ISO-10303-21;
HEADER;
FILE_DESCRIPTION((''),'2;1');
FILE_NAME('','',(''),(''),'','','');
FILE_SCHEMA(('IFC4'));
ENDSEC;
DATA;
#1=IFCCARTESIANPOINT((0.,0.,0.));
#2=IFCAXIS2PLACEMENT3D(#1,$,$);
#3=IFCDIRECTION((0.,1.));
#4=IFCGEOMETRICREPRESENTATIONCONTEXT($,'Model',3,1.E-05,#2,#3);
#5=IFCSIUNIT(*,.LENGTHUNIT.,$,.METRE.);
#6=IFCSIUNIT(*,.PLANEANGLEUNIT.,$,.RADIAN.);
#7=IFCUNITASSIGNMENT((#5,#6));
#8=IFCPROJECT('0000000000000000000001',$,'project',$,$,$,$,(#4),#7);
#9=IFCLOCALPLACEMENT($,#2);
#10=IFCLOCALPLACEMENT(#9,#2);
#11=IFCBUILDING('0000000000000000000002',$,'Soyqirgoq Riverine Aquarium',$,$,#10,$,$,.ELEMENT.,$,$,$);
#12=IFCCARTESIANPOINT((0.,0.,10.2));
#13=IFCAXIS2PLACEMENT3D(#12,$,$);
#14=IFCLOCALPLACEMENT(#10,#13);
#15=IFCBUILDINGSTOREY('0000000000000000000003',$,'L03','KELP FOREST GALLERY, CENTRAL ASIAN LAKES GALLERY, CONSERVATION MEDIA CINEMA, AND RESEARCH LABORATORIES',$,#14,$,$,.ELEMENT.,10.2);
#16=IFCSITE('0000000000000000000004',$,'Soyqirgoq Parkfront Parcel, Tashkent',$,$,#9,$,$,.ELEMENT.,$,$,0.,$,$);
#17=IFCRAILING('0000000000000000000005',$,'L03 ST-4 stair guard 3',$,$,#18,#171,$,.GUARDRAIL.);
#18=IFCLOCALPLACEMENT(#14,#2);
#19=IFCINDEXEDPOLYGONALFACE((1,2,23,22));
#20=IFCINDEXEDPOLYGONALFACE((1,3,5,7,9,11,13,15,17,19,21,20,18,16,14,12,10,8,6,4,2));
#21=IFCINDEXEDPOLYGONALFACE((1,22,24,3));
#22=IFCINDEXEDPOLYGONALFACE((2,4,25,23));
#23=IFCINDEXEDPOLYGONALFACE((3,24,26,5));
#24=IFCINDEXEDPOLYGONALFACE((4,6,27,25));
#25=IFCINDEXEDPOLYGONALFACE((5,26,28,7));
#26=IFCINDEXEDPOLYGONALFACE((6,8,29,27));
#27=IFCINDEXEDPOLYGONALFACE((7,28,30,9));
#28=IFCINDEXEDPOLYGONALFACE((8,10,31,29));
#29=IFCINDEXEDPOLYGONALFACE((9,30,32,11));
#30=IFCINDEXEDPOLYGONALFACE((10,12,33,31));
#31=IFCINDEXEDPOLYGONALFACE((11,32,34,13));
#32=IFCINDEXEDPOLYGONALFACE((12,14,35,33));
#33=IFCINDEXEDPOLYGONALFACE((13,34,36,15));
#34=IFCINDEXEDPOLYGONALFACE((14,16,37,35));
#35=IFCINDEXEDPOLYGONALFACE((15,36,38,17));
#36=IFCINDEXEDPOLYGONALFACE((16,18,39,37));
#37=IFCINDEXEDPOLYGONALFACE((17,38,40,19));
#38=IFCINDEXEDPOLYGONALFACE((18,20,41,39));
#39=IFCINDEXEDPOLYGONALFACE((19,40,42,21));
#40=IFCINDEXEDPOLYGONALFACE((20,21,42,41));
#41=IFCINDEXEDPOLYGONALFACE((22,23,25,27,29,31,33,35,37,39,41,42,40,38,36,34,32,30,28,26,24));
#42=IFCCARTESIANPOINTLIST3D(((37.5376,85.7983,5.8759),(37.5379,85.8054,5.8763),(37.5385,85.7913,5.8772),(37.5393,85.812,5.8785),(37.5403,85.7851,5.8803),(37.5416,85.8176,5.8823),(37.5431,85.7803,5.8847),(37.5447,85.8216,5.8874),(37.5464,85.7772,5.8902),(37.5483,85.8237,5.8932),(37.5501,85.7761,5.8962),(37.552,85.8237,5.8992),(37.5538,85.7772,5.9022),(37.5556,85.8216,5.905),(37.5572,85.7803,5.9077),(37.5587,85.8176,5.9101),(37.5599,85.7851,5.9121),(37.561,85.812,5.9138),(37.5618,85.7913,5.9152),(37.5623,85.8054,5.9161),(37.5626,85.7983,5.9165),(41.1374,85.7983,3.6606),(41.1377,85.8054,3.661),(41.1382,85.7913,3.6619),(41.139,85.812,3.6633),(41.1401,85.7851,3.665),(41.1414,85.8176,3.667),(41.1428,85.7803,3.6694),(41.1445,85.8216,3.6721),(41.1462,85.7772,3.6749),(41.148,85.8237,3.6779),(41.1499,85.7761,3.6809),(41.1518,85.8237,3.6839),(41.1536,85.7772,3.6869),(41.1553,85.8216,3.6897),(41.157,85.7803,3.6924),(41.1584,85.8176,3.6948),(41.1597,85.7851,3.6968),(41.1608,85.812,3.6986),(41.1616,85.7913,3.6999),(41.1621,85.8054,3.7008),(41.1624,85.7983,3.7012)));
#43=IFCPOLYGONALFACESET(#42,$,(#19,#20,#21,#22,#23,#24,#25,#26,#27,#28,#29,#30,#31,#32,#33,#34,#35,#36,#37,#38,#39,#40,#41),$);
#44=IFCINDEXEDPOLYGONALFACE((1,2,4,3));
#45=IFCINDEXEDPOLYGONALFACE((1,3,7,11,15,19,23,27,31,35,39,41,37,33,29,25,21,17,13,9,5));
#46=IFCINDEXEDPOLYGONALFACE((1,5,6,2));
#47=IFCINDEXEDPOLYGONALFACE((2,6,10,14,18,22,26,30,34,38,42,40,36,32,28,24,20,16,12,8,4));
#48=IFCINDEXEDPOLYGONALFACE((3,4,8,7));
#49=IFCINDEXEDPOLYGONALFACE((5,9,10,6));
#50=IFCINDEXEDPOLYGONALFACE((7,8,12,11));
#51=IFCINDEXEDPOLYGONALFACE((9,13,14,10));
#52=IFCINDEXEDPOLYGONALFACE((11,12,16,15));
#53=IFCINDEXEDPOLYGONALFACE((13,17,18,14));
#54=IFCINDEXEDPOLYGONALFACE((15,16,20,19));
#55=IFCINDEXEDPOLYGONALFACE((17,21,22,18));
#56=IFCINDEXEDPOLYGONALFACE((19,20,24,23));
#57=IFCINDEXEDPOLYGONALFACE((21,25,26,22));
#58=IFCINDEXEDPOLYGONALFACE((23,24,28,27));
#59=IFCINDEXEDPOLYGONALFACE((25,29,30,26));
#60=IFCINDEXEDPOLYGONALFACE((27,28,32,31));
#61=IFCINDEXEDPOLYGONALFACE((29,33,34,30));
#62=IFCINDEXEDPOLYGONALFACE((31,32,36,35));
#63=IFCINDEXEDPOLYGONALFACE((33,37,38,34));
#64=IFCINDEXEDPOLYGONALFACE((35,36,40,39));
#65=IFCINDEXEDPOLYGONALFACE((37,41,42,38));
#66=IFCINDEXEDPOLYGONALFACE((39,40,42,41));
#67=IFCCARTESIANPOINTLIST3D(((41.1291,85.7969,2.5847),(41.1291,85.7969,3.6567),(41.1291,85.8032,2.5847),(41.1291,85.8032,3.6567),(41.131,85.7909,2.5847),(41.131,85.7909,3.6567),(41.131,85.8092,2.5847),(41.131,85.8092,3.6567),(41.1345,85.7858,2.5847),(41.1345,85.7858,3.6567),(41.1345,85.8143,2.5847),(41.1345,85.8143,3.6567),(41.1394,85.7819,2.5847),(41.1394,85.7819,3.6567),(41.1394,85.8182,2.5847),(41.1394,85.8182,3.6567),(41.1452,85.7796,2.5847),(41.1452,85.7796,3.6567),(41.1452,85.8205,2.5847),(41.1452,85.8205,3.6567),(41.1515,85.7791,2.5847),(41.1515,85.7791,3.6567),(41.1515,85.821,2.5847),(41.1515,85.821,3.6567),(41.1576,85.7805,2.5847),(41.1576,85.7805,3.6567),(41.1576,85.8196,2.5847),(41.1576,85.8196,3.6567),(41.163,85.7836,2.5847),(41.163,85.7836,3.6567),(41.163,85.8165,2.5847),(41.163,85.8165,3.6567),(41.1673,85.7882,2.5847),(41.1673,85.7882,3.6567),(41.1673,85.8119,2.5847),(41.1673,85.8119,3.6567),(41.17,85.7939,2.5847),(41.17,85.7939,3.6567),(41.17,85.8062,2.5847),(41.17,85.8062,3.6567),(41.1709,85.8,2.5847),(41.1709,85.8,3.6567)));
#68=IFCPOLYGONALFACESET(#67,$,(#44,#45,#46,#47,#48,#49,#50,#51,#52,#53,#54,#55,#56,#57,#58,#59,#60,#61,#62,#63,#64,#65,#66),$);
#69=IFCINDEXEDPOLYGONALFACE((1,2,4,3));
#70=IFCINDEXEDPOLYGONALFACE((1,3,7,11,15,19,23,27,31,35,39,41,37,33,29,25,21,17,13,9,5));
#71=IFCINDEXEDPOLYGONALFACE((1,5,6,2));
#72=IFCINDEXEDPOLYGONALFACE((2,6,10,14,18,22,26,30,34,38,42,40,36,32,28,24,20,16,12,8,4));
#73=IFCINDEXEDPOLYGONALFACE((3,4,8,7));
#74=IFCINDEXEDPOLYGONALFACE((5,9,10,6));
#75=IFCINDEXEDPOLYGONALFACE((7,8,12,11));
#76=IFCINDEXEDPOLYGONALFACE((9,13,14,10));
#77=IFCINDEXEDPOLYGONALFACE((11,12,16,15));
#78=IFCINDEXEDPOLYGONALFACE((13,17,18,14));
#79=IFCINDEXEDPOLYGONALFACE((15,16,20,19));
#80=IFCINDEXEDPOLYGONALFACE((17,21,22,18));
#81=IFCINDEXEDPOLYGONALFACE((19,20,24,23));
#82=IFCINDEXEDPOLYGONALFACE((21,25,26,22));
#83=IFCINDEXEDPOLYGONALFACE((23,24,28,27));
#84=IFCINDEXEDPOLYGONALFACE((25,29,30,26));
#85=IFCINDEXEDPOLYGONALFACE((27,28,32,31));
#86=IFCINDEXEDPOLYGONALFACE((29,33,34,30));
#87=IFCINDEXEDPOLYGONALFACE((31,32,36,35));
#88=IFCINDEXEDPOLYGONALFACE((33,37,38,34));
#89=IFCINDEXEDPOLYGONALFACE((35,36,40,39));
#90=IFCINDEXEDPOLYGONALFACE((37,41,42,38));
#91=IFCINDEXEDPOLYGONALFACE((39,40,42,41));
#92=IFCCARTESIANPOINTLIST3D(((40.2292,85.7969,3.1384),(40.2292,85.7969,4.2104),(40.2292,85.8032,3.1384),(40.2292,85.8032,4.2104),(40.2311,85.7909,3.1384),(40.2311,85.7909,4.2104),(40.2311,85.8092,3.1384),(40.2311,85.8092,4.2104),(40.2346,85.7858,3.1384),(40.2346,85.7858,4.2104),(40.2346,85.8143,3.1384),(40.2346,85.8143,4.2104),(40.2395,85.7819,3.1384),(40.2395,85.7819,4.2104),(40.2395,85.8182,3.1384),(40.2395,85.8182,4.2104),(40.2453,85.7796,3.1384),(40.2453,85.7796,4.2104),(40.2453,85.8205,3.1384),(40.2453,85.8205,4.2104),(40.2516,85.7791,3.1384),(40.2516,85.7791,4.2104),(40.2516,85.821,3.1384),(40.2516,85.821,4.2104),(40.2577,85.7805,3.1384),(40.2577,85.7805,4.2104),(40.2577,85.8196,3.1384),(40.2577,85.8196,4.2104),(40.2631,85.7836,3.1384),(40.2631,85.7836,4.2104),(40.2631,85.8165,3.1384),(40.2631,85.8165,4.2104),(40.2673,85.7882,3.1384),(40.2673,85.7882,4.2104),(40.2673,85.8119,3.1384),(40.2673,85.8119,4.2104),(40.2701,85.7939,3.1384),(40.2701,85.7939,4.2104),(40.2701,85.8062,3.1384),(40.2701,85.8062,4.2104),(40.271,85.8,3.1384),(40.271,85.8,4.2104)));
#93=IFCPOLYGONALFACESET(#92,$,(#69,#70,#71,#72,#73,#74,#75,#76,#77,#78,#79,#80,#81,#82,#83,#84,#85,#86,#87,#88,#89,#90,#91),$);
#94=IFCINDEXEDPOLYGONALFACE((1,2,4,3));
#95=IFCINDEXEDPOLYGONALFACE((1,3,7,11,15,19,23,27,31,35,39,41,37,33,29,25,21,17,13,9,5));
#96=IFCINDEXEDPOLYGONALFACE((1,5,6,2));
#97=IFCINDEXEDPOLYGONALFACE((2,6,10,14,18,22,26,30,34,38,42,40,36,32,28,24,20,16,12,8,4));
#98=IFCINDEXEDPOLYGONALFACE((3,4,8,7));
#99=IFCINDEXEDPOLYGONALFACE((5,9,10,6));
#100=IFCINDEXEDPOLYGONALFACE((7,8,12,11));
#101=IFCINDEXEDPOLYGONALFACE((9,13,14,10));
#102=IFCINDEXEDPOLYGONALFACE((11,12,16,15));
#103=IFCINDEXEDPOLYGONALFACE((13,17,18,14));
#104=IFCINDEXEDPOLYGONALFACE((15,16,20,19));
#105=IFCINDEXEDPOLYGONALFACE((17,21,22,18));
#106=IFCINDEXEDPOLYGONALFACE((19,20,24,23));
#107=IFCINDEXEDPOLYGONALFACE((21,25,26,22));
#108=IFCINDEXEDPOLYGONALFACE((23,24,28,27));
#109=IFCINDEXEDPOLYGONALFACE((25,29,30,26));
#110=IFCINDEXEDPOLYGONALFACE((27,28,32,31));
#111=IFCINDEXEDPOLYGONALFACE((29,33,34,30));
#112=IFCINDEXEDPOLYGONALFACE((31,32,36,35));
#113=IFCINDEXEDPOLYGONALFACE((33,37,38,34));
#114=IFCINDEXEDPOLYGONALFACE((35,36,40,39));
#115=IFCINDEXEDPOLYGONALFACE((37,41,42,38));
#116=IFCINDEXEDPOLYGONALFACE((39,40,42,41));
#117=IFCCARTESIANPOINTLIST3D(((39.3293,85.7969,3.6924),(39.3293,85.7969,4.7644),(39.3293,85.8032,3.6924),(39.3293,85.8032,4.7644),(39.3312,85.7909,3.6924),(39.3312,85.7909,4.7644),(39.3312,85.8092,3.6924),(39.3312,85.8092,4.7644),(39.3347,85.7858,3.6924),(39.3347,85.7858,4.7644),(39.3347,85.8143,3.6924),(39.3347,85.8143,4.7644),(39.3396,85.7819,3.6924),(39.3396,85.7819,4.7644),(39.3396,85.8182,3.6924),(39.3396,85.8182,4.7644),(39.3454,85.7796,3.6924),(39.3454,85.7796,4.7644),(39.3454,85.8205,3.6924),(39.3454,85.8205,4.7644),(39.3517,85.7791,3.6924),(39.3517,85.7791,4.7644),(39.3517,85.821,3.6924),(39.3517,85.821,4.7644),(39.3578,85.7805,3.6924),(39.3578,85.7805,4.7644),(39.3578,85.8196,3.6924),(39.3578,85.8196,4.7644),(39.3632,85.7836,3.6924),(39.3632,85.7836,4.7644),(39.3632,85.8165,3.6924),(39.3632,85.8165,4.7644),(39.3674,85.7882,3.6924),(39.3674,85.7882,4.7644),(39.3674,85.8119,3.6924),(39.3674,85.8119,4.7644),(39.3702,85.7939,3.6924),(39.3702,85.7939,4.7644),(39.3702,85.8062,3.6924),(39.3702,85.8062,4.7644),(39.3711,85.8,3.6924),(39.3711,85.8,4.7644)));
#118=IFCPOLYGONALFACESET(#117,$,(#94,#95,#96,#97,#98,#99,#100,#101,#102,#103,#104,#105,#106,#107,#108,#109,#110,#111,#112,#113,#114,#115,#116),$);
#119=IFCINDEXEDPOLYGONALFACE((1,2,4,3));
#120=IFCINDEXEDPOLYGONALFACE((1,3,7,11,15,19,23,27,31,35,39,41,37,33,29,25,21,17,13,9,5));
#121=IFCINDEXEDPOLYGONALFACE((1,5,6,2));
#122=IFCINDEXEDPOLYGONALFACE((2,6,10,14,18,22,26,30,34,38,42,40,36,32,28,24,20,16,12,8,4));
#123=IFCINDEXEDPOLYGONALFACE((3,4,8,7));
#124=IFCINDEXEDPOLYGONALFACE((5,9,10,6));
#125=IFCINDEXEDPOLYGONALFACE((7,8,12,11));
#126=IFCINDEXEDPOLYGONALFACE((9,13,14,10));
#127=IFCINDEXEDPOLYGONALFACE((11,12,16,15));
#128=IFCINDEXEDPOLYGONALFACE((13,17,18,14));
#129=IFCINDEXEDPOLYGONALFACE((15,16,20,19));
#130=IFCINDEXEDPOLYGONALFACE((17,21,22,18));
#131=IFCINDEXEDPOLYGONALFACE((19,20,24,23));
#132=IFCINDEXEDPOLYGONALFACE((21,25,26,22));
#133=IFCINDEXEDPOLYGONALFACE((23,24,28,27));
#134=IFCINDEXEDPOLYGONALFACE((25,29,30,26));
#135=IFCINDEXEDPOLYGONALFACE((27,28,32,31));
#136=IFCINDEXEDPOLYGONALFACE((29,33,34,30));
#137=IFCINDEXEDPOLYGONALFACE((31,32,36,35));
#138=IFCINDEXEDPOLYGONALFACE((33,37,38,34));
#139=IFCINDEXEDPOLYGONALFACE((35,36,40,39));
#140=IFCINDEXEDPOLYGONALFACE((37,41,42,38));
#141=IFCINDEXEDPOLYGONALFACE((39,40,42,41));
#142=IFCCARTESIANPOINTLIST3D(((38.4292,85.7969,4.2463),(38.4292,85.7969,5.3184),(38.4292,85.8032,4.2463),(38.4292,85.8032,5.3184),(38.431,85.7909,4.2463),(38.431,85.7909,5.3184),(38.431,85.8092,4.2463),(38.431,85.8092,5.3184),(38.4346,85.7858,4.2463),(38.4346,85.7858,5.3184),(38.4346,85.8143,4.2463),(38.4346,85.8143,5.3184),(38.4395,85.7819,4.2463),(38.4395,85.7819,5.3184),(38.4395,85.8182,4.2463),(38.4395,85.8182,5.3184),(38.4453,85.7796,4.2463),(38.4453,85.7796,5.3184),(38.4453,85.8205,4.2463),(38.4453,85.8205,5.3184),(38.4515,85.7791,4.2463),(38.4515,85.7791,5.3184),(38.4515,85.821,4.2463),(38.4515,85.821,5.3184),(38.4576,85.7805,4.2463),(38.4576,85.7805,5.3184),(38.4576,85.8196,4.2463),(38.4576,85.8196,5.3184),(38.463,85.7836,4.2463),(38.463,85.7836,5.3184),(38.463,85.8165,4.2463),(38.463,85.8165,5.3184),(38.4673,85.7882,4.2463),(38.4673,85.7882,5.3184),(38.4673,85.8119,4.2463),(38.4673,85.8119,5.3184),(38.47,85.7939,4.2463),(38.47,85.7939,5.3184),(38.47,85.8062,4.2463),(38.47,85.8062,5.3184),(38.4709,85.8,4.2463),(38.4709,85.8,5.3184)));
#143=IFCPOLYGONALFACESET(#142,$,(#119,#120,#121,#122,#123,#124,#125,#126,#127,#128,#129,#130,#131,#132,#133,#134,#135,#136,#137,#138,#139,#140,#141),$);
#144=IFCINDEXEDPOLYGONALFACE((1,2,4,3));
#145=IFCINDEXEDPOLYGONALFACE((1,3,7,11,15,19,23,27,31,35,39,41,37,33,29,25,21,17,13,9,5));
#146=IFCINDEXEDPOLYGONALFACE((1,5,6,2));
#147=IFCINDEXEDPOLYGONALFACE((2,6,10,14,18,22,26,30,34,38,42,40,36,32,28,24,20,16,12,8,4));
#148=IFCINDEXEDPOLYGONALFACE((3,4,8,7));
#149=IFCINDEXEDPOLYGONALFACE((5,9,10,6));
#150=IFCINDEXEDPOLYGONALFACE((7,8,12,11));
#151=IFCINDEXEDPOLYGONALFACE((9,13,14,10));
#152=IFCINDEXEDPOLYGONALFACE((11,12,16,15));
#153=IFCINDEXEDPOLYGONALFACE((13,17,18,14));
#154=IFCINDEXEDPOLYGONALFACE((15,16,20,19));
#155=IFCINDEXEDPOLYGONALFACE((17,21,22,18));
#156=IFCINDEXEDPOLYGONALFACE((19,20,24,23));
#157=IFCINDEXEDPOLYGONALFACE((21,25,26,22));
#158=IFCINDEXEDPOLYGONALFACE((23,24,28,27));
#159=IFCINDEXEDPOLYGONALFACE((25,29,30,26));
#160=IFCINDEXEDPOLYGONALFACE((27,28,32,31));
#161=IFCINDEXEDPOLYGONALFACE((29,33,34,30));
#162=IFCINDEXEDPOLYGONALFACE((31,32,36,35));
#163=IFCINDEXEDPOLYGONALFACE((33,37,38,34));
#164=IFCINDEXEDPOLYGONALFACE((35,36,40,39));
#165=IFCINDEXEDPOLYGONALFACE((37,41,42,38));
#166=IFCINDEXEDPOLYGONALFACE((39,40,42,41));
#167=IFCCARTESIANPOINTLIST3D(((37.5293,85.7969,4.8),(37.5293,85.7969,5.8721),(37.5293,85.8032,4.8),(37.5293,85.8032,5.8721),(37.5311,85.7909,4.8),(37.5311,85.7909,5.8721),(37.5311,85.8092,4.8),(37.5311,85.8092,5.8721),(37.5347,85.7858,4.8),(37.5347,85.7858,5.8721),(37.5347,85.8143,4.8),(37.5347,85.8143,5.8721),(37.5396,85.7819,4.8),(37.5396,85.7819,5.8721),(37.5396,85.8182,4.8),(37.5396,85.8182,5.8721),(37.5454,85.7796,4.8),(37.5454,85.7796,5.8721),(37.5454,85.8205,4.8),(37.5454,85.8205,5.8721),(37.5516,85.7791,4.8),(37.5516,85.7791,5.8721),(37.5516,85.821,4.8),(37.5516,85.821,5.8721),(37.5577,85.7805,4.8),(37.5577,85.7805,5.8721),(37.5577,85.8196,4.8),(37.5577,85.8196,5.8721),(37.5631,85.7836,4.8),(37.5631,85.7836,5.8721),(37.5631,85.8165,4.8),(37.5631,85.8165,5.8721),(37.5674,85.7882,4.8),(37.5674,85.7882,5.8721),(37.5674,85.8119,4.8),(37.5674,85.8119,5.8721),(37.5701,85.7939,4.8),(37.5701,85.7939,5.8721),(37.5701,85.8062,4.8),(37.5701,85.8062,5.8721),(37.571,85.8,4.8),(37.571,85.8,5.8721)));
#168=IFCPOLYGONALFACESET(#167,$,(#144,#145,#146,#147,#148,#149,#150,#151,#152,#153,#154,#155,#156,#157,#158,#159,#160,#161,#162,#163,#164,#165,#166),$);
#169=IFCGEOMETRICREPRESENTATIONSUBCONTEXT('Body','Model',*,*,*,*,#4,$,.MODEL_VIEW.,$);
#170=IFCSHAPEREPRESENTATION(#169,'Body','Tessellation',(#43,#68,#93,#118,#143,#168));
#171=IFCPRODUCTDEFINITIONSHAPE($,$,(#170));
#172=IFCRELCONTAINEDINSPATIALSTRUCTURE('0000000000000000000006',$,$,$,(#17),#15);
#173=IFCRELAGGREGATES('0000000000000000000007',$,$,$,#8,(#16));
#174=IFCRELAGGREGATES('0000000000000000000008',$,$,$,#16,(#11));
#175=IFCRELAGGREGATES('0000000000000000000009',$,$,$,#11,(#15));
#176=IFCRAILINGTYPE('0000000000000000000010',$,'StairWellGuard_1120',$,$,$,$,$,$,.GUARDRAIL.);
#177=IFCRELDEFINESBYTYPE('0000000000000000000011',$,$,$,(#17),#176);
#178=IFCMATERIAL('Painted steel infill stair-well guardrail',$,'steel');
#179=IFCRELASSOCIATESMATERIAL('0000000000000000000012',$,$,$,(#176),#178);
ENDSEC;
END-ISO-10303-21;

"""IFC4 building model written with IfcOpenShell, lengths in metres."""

from ifc_helpers import new_model, si_unit, direction, frame, origin, origin_2d, place, context, subcontext, project, spatial, circle, extrude, material, type_object, element, save


model = new_model("IFC4")

# Units and contexts
model_context = context("Model", 3, precision=1e-05, world=origin(), true_north=direction((0.0, 1.0)))
body_context = subcontext(model_context, "Body", "Model", "MODEL_VIEW")
ifc_project = project(units=[si_unit("LENGTHUNIT", "METRE"), si_unit("PLANEANGLEUNIT", "RADIAN")], contexts=[model_context])

# Site, building, storey
site_placement = place(None, origin())
site = spatial("IfcSite", under=ifc_project, at=site_placement, Name="Soyqirgoq Parkfront Parcel, Tashkent", CompositionType="ELEMENT", RefElevation=0.0)
building_placement = place(site_placement, origin())
building = spatial("IfcBuilding", under=site, at=building_placement, Name="Soyqirgoq Riverine Aquarium", CompositionType="ELEMENT")
storey_placement = place(building_placement, frame((0.0, 0.0, 10.2)))
storey = spatial("IfcBuildingStorey", under=building, at=storey_placement, Name="L03", Description="KELP FOREST GALLERY, CENTRAL ASIAN LAKES GALLERY, CONSERVATION MEDIA CINEMA, AND RESEARCH LABORATORIES", CompositionType="ELEMENT", Elevation=10.2)

# Railing
ifc_material_1 = material(Name="Painted steel infill stair-well guardrail", Category="steel")
railing_type_1 = type_object("IfcRailingType", Name="StairWellGuard_1120", PredefinedType="GUARDRAIL", material=ifc_material_1)
railing_1_placement = place(storey_placement, frame((41.1499, 85.8, 2.5847)))
element("IfcRailing", 1, at=railing_1_placement, inside=storey, type_object=railing_type_1, Name="L03 ST-4 stair guard 3", PredefinedType="GUARDRAIL", context=body_context, shape_type="SweptSolid", body=[
    extrude(circle(Radius=0.0239, at=origin_2d()), frame((0.0, 0.0, 1.0962), z_axis=(-0.851654, 0.0, 0.524104), x_axis=(0.0, -1.0, 0.0)), (0.0, 0.0, 1.0), 4.2268),
    extrude(circle(Radius=0.021, at=origin_2d()), origin(), (0.0, 0.0, 1.0), 1.072),
    extrude(circle(Radius=0.021, at=origin_2d()), frame((-0.8999, 0.0, 0.5537)), (0.0, 0.0, 1.0), 1.072),
    extrude(circle(Radius=0.021, at=origin_2d()), frame((-1.7998, 0.0, 1.1077)), (0.0, 0.0, 1.0), 1.072),
    extrude(circle(Radius=0.021, at=origin_2d()), frame((-2.7, 0.0, 1.6616)), (0.0, 0.0, 1.0), 1.072),
    extrude(circle(Radius=0.021, at=origin_2d()), frame((-3.5999, 0.0, 2.2153)), (0.0, 0.0, 1.0), 1.072),
])

save(model, "model.ifc")
